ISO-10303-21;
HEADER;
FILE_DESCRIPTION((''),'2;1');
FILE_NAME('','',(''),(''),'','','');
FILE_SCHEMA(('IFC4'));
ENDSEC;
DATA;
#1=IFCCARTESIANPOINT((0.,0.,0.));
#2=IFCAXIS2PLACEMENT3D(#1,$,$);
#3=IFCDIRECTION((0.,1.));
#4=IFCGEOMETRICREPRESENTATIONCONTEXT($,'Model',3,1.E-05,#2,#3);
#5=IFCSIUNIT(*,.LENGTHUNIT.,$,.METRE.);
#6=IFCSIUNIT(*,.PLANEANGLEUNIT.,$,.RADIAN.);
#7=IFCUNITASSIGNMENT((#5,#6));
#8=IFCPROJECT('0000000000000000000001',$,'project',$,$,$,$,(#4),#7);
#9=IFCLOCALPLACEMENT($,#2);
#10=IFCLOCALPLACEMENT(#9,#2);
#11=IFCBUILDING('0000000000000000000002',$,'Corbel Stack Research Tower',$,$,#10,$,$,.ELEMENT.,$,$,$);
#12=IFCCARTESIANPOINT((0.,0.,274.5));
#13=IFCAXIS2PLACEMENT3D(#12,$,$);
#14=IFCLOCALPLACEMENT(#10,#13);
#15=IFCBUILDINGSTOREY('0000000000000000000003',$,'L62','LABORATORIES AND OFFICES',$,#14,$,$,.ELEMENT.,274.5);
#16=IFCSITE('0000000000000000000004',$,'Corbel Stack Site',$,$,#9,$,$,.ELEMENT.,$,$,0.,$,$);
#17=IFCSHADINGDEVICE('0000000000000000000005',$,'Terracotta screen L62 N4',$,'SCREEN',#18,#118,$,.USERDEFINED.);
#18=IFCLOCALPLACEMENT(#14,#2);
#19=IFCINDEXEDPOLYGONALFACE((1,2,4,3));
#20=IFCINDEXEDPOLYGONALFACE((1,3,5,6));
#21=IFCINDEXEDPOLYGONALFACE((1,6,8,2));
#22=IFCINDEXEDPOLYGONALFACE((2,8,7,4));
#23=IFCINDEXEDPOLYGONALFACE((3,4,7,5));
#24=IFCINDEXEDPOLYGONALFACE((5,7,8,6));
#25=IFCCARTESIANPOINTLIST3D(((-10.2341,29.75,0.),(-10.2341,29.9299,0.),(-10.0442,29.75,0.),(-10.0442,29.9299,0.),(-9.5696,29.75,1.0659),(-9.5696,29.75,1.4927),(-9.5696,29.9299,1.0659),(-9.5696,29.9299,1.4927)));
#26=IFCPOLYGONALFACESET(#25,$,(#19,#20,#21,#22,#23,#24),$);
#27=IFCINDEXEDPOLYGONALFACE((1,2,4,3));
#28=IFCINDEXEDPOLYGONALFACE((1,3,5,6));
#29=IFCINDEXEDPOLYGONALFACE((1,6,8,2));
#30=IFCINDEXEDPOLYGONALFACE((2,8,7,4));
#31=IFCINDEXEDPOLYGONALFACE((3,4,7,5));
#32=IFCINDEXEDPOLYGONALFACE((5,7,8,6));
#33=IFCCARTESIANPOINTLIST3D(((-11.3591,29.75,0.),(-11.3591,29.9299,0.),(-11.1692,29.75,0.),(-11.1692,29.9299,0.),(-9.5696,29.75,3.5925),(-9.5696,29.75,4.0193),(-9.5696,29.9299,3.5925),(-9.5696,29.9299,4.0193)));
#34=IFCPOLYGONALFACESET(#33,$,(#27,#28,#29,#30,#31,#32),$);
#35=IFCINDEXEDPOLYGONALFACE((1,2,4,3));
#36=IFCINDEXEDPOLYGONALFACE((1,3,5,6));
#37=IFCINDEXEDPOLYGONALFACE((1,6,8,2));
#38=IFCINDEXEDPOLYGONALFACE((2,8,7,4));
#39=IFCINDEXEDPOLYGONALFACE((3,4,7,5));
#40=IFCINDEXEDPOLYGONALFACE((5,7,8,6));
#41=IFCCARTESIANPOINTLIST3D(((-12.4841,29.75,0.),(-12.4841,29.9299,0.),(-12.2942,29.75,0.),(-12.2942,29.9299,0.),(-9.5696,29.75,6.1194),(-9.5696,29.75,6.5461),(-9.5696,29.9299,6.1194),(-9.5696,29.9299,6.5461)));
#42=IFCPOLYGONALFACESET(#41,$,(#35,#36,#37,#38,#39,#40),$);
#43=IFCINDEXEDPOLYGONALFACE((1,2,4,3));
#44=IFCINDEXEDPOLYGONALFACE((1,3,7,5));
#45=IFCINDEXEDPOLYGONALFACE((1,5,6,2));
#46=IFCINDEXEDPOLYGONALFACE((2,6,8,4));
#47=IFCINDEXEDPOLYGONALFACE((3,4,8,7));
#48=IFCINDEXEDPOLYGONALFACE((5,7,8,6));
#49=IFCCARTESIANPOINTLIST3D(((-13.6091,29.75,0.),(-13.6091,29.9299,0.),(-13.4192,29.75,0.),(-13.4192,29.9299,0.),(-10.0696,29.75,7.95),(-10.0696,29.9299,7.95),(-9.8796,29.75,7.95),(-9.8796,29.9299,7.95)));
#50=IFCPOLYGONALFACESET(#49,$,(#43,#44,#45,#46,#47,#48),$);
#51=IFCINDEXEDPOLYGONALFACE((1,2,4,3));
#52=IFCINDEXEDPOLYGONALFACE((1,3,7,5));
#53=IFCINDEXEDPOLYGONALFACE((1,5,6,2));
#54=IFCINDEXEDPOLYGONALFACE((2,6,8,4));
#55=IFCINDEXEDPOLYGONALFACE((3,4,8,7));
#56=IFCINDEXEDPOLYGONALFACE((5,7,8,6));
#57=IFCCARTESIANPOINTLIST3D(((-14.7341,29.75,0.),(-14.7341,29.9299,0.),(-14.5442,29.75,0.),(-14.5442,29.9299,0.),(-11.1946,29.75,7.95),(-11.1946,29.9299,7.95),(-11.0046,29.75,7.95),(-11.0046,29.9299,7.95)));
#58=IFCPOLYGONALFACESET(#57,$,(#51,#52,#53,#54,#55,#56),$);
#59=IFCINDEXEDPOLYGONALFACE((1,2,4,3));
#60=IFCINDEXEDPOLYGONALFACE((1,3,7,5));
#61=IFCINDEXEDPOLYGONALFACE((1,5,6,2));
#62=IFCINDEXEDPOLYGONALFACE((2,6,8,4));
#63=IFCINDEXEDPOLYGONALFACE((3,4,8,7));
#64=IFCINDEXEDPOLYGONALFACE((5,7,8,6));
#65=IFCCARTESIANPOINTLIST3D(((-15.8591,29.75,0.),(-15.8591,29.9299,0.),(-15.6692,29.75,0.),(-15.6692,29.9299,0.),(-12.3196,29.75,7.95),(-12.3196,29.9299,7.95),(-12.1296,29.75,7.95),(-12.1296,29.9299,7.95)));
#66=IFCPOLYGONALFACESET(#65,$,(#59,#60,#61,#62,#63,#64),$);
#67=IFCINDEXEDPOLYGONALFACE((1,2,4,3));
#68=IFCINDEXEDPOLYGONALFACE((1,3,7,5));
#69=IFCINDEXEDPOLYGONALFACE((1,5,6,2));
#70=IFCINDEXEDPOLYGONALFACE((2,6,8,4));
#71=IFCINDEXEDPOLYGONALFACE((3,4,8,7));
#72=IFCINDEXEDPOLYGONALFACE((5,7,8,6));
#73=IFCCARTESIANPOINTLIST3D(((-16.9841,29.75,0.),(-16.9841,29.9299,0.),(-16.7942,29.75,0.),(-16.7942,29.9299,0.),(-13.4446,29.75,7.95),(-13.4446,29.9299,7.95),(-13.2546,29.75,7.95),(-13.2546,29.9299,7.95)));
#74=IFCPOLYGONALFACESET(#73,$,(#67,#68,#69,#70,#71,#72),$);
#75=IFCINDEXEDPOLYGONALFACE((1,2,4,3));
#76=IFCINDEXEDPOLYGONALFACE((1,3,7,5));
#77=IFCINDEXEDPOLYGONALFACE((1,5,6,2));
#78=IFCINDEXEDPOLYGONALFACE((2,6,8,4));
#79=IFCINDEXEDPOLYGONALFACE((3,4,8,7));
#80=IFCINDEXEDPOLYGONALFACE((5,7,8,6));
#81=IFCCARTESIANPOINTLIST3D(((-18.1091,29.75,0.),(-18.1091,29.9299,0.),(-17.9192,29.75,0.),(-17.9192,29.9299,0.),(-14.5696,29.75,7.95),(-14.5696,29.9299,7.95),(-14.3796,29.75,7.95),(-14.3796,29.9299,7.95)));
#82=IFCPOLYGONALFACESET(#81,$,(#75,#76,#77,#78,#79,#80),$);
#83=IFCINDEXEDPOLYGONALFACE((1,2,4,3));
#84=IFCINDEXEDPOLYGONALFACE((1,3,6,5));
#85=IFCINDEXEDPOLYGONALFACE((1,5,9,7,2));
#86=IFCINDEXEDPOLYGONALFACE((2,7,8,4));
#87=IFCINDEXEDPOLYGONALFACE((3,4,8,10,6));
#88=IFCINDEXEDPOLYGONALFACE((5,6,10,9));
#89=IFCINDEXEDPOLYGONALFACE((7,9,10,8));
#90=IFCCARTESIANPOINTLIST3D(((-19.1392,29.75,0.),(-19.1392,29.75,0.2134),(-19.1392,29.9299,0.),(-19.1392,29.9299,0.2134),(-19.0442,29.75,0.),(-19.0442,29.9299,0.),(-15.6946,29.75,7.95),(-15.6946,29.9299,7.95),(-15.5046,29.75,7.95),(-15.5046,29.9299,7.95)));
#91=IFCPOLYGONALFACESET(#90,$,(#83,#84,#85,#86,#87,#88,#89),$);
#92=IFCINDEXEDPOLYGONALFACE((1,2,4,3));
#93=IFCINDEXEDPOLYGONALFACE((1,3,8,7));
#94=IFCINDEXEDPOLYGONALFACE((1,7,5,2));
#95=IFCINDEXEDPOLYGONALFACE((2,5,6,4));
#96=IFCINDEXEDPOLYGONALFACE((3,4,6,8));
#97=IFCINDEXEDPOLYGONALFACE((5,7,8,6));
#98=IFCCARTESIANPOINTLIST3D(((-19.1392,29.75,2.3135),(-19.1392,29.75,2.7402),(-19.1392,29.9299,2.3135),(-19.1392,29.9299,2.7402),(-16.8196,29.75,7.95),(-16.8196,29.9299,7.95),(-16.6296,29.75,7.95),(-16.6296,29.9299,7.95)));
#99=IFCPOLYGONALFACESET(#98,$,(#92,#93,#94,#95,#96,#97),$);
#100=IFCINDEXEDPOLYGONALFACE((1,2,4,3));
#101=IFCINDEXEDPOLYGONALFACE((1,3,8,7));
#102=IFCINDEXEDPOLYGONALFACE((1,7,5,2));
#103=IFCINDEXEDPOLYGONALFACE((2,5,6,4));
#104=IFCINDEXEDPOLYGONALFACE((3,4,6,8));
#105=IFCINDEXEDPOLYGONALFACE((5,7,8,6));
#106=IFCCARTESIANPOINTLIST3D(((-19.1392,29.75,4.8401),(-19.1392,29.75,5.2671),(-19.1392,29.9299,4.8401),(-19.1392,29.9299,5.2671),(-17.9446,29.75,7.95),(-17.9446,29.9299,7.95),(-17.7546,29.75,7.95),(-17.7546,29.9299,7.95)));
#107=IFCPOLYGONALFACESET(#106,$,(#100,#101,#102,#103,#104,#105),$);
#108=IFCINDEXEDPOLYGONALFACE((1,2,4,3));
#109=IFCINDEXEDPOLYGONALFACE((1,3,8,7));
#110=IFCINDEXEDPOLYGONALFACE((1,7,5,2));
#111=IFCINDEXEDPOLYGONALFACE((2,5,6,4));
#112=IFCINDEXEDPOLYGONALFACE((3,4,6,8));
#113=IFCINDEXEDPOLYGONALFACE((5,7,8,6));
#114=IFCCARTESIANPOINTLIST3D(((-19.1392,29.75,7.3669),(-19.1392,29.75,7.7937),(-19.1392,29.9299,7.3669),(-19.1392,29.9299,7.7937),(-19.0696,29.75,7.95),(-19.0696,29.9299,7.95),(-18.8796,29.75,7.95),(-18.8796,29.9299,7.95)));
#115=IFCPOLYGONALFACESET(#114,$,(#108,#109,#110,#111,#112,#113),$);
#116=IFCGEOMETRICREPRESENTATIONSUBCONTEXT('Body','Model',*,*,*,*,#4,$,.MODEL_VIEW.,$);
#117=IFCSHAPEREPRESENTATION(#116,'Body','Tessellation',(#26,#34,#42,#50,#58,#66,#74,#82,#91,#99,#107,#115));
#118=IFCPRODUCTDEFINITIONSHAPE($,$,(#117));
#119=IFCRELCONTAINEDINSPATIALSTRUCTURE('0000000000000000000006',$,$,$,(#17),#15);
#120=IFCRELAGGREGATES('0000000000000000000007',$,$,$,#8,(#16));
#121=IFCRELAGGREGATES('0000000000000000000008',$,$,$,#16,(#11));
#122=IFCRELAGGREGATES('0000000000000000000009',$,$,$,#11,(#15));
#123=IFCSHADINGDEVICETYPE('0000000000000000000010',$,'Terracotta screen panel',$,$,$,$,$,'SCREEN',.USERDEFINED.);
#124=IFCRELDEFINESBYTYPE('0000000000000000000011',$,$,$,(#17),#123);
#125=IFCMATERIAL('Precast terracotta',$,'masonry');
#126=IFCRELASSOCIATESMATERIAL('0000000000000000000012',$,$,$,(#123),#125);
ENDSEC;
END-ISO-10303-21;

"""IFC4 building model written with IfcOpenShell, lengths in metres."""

from ifc_helpers import new_model, si_unit, direction, frame, origin, place, context, subcontext, project, spatial, polyline, outline, extrude, source, transform, mapped, material, type_object, element, save


model = new_model("IFC4")

# Units and contexts
model_context = context("Model", 3, precision=1e-05, world=origin(), true_north=direction((0.0, 1.0)))
body_context = subcontext(model_context, "Body", "Model", "MODEL_VIEW")
ifc_project = project(units=[si_unit("LENGTHUNIT", "METRE"), si_unit("PLANEANGLEUNIT", "RADIAN")], contexts=[model_context])

# Site, building, storey
site_placement = place(None, origin())
site = spatial("IfcSite", under=ifc_project, at=site_placement, Name="Corbel Stack Site", CompositionType="ELEMENT", RefElevation=0.0)
building_placement = place(site_placement, origin())
building = spatial("IfcBuilding", under=site, at=building_placement, Name="Corbel Stack Research Tower", CompositionType="ELEMENT")
storey_placement = place(building_placement, frame((0.0, 0.0, 274.5)))
storey = spatial("IfcBuildingStorey", under=building, at=storey_placement, Name="L62", Description="LABORATORIES AND OFFICES", CompositionType="ELEMENT", Elevation=274.5)

# Shading device
ifc_material_1 = material(Name="Precast terracotta", Category="masonry")
shading_device_type = type_object("IfcShadingDeviceType", Name="Terracotta screen panel", ElementType="SCREEN", PredefinedType="USERDEFINED", material=ifc_material_1)
shared_shape_1 = source(origin(), body_context, "Body", "SweptSolid", [
    extrude(outline(polyline([(0.6646, 0.0), (0.0, 1.4927), (0.0, 1.0659), (0.4746, 0.0), (0.6646, 0.0)])), frame((0.0, 0.0, 0.0), z_axis=(0.0, -1.0, 0.0), x_axis=(1.0, 0.0, 0.0)), (0.0, 0.0, 1.0), 0.1799),
    extrude(outline(polyline([(1.7896, 0.0), (0.0, 4.0193), (0.0, 3.5925), (1.5996, 0.0), (1.7896, 0.0)])), frame((0.0, 0.0, 0.0), z_axis=(0.0, -1.0, 0.0), x_axis=(1.0, 0.0, 0.0)), (0.0, 0.0, 1.0), 0.1799),
    extrude(outline(polyline([(2.9146, 0.0), (0.0, 6.5461), (0.0, 6.1194), (2.7246, 0.0), (2.9146, 0.0)])), frame((0.0, 0.0, 0.0), z_axis=(0.0, -1.0, 0.0), x_axis=(1.0, 0.0, 0.0)), (0.0, 0.0, 1.0), 0.1799),
    extrude(outline(polyline([(4.0396, 0.0), (0.5, 7.95), (0.3101, 7.95), (3.8496, 0.0), (4.0396, 0.0)])), frame((0.0, 0.0, 0.0), z_axis=(0.0, -1.0, 0.0), x_axis=(1.0, 0.0, 0.0)), (0.0, 0.0, 1.0), 0.1799),
    extrude(outline(polyline([(5.1646, 0.0), (1.625, 7.95), (1.4351, 7.95), (4.9746, 0.0), (5.1646, 0.0)])), frame((0.0, 0.0, 0.0), z_axis=(0.0, -1.0, 0.0), x_axis=(1.0, 0.0, 0.0)), (0.0, 0.0, 1.0), 0.1799),
    extrude(outline(polyline([(6.2896, 0.0), (2.75, 7.95), (2.5601, 7.95), (6.0996, 0.0), (6.2896, 0.0)])), frame((0.0, 0.0, 0.0), z_axis=(0.0, -1.0, 0.0), x_axis=(1.0, 0.0, 0.0)), (0.0, 0.0, 1.0), 0.1799),
    extrude(outline(polyline([(7.4146, 0.0), (3.875, 7.95), (3.6851, 7.95), (7.2246, 0.0), (7.4146, 0.0)])), frame((0.0, 0.0, 0.0), z_axis=(0.0, -1.0, 0.0), x_axis=(1.0, 0.0, 0.0)), (0.0, 0.0, 1.0), 0.1799),
    extrude(outline(polyline([(8.5396, 0.0), (5.0, 7.95), (4.8101, 7.95), (8.3496, 0.0), (8.5396, 0.0)])), frame((0.0, 0.0, 0.0), z_axis=(0.0, -1.0, 0.0), x_axis=(1.0, 0.0, 0.0)), (0.0, 0.0, 1.0), 0.1799),
    extrude(outline(polyline([(9.5696, 0.0), (9.5696, 0.2134), (6.125, 7.95), (5.9351, 7.95), (9.4746, 0.0), (9.5696, 0.0)])), frame((0.0, 0.0, 0.0), z_axis=(0.0, -1.0, 0.0), x_axis=(1.0, 0.0, 0.0)), (0.0, 0.0, 1.0), 0.1799),
    extrude(outline(polyline([(7.25, 7.95), (7.0601, 7.95), (9.5696, 2.3135), (9.5696, 2.7402), (7.25, 7.95)])), frame((0.0, 0.0, 0.0), z_axis=(0.0, -1.0, 0.0), x_axis=(1.0, 0.0, 0.0)), (0.0, 0.0, 1.0), 0.1799),
    extrude(outline(polyline([(8.375, 7.95), (8.1851, 7.95), (9.5696, 4.8401), (9.5696, 5.2671), (8.375, 7.95)])), frame((0.0, 0.0, 0.0), z_axis=(0.0, -1.0, 0.0), x_axis=(1.0, 0.0, 0.0)), (0.0, 0.0, 1.0), 0.1799),
    extrude(outline(polyline([(9.5, 7.95), (9.3101, 7.95), (9.5696, 7.3669), (9.5696, 7.7937), (9.5, 7.95)])), frame((0.0, 0.0, 0.0), z_axis=(0.0, -1.0, 0.0), x_axis=(1.0, 0.0, 0.0)), (0.0, 0.0, 1.0), 0.1799),
])
shading_device_1_placement = place(storey_placement, frame((-9.5696, 29.75, 0.0), z_axis=(0.0, 0.0, 1.0), x_axis=(-1.0, 0.0, 0.0)))
element("IfcShadingDevice", 1, at=shading_device_1_placement, inside=storey, type_object=shading_device_type, Name="Terracotta screen L62 N4", ObjectType="SCREEN", PredefinedType="USERDEFINED", context=body_context, shape_type="MappedRepresentation", body=[
    mapped(shared_shape_1, transform((0.0, 0.0, 0.0))),
])

save(model, "model.ifc")
